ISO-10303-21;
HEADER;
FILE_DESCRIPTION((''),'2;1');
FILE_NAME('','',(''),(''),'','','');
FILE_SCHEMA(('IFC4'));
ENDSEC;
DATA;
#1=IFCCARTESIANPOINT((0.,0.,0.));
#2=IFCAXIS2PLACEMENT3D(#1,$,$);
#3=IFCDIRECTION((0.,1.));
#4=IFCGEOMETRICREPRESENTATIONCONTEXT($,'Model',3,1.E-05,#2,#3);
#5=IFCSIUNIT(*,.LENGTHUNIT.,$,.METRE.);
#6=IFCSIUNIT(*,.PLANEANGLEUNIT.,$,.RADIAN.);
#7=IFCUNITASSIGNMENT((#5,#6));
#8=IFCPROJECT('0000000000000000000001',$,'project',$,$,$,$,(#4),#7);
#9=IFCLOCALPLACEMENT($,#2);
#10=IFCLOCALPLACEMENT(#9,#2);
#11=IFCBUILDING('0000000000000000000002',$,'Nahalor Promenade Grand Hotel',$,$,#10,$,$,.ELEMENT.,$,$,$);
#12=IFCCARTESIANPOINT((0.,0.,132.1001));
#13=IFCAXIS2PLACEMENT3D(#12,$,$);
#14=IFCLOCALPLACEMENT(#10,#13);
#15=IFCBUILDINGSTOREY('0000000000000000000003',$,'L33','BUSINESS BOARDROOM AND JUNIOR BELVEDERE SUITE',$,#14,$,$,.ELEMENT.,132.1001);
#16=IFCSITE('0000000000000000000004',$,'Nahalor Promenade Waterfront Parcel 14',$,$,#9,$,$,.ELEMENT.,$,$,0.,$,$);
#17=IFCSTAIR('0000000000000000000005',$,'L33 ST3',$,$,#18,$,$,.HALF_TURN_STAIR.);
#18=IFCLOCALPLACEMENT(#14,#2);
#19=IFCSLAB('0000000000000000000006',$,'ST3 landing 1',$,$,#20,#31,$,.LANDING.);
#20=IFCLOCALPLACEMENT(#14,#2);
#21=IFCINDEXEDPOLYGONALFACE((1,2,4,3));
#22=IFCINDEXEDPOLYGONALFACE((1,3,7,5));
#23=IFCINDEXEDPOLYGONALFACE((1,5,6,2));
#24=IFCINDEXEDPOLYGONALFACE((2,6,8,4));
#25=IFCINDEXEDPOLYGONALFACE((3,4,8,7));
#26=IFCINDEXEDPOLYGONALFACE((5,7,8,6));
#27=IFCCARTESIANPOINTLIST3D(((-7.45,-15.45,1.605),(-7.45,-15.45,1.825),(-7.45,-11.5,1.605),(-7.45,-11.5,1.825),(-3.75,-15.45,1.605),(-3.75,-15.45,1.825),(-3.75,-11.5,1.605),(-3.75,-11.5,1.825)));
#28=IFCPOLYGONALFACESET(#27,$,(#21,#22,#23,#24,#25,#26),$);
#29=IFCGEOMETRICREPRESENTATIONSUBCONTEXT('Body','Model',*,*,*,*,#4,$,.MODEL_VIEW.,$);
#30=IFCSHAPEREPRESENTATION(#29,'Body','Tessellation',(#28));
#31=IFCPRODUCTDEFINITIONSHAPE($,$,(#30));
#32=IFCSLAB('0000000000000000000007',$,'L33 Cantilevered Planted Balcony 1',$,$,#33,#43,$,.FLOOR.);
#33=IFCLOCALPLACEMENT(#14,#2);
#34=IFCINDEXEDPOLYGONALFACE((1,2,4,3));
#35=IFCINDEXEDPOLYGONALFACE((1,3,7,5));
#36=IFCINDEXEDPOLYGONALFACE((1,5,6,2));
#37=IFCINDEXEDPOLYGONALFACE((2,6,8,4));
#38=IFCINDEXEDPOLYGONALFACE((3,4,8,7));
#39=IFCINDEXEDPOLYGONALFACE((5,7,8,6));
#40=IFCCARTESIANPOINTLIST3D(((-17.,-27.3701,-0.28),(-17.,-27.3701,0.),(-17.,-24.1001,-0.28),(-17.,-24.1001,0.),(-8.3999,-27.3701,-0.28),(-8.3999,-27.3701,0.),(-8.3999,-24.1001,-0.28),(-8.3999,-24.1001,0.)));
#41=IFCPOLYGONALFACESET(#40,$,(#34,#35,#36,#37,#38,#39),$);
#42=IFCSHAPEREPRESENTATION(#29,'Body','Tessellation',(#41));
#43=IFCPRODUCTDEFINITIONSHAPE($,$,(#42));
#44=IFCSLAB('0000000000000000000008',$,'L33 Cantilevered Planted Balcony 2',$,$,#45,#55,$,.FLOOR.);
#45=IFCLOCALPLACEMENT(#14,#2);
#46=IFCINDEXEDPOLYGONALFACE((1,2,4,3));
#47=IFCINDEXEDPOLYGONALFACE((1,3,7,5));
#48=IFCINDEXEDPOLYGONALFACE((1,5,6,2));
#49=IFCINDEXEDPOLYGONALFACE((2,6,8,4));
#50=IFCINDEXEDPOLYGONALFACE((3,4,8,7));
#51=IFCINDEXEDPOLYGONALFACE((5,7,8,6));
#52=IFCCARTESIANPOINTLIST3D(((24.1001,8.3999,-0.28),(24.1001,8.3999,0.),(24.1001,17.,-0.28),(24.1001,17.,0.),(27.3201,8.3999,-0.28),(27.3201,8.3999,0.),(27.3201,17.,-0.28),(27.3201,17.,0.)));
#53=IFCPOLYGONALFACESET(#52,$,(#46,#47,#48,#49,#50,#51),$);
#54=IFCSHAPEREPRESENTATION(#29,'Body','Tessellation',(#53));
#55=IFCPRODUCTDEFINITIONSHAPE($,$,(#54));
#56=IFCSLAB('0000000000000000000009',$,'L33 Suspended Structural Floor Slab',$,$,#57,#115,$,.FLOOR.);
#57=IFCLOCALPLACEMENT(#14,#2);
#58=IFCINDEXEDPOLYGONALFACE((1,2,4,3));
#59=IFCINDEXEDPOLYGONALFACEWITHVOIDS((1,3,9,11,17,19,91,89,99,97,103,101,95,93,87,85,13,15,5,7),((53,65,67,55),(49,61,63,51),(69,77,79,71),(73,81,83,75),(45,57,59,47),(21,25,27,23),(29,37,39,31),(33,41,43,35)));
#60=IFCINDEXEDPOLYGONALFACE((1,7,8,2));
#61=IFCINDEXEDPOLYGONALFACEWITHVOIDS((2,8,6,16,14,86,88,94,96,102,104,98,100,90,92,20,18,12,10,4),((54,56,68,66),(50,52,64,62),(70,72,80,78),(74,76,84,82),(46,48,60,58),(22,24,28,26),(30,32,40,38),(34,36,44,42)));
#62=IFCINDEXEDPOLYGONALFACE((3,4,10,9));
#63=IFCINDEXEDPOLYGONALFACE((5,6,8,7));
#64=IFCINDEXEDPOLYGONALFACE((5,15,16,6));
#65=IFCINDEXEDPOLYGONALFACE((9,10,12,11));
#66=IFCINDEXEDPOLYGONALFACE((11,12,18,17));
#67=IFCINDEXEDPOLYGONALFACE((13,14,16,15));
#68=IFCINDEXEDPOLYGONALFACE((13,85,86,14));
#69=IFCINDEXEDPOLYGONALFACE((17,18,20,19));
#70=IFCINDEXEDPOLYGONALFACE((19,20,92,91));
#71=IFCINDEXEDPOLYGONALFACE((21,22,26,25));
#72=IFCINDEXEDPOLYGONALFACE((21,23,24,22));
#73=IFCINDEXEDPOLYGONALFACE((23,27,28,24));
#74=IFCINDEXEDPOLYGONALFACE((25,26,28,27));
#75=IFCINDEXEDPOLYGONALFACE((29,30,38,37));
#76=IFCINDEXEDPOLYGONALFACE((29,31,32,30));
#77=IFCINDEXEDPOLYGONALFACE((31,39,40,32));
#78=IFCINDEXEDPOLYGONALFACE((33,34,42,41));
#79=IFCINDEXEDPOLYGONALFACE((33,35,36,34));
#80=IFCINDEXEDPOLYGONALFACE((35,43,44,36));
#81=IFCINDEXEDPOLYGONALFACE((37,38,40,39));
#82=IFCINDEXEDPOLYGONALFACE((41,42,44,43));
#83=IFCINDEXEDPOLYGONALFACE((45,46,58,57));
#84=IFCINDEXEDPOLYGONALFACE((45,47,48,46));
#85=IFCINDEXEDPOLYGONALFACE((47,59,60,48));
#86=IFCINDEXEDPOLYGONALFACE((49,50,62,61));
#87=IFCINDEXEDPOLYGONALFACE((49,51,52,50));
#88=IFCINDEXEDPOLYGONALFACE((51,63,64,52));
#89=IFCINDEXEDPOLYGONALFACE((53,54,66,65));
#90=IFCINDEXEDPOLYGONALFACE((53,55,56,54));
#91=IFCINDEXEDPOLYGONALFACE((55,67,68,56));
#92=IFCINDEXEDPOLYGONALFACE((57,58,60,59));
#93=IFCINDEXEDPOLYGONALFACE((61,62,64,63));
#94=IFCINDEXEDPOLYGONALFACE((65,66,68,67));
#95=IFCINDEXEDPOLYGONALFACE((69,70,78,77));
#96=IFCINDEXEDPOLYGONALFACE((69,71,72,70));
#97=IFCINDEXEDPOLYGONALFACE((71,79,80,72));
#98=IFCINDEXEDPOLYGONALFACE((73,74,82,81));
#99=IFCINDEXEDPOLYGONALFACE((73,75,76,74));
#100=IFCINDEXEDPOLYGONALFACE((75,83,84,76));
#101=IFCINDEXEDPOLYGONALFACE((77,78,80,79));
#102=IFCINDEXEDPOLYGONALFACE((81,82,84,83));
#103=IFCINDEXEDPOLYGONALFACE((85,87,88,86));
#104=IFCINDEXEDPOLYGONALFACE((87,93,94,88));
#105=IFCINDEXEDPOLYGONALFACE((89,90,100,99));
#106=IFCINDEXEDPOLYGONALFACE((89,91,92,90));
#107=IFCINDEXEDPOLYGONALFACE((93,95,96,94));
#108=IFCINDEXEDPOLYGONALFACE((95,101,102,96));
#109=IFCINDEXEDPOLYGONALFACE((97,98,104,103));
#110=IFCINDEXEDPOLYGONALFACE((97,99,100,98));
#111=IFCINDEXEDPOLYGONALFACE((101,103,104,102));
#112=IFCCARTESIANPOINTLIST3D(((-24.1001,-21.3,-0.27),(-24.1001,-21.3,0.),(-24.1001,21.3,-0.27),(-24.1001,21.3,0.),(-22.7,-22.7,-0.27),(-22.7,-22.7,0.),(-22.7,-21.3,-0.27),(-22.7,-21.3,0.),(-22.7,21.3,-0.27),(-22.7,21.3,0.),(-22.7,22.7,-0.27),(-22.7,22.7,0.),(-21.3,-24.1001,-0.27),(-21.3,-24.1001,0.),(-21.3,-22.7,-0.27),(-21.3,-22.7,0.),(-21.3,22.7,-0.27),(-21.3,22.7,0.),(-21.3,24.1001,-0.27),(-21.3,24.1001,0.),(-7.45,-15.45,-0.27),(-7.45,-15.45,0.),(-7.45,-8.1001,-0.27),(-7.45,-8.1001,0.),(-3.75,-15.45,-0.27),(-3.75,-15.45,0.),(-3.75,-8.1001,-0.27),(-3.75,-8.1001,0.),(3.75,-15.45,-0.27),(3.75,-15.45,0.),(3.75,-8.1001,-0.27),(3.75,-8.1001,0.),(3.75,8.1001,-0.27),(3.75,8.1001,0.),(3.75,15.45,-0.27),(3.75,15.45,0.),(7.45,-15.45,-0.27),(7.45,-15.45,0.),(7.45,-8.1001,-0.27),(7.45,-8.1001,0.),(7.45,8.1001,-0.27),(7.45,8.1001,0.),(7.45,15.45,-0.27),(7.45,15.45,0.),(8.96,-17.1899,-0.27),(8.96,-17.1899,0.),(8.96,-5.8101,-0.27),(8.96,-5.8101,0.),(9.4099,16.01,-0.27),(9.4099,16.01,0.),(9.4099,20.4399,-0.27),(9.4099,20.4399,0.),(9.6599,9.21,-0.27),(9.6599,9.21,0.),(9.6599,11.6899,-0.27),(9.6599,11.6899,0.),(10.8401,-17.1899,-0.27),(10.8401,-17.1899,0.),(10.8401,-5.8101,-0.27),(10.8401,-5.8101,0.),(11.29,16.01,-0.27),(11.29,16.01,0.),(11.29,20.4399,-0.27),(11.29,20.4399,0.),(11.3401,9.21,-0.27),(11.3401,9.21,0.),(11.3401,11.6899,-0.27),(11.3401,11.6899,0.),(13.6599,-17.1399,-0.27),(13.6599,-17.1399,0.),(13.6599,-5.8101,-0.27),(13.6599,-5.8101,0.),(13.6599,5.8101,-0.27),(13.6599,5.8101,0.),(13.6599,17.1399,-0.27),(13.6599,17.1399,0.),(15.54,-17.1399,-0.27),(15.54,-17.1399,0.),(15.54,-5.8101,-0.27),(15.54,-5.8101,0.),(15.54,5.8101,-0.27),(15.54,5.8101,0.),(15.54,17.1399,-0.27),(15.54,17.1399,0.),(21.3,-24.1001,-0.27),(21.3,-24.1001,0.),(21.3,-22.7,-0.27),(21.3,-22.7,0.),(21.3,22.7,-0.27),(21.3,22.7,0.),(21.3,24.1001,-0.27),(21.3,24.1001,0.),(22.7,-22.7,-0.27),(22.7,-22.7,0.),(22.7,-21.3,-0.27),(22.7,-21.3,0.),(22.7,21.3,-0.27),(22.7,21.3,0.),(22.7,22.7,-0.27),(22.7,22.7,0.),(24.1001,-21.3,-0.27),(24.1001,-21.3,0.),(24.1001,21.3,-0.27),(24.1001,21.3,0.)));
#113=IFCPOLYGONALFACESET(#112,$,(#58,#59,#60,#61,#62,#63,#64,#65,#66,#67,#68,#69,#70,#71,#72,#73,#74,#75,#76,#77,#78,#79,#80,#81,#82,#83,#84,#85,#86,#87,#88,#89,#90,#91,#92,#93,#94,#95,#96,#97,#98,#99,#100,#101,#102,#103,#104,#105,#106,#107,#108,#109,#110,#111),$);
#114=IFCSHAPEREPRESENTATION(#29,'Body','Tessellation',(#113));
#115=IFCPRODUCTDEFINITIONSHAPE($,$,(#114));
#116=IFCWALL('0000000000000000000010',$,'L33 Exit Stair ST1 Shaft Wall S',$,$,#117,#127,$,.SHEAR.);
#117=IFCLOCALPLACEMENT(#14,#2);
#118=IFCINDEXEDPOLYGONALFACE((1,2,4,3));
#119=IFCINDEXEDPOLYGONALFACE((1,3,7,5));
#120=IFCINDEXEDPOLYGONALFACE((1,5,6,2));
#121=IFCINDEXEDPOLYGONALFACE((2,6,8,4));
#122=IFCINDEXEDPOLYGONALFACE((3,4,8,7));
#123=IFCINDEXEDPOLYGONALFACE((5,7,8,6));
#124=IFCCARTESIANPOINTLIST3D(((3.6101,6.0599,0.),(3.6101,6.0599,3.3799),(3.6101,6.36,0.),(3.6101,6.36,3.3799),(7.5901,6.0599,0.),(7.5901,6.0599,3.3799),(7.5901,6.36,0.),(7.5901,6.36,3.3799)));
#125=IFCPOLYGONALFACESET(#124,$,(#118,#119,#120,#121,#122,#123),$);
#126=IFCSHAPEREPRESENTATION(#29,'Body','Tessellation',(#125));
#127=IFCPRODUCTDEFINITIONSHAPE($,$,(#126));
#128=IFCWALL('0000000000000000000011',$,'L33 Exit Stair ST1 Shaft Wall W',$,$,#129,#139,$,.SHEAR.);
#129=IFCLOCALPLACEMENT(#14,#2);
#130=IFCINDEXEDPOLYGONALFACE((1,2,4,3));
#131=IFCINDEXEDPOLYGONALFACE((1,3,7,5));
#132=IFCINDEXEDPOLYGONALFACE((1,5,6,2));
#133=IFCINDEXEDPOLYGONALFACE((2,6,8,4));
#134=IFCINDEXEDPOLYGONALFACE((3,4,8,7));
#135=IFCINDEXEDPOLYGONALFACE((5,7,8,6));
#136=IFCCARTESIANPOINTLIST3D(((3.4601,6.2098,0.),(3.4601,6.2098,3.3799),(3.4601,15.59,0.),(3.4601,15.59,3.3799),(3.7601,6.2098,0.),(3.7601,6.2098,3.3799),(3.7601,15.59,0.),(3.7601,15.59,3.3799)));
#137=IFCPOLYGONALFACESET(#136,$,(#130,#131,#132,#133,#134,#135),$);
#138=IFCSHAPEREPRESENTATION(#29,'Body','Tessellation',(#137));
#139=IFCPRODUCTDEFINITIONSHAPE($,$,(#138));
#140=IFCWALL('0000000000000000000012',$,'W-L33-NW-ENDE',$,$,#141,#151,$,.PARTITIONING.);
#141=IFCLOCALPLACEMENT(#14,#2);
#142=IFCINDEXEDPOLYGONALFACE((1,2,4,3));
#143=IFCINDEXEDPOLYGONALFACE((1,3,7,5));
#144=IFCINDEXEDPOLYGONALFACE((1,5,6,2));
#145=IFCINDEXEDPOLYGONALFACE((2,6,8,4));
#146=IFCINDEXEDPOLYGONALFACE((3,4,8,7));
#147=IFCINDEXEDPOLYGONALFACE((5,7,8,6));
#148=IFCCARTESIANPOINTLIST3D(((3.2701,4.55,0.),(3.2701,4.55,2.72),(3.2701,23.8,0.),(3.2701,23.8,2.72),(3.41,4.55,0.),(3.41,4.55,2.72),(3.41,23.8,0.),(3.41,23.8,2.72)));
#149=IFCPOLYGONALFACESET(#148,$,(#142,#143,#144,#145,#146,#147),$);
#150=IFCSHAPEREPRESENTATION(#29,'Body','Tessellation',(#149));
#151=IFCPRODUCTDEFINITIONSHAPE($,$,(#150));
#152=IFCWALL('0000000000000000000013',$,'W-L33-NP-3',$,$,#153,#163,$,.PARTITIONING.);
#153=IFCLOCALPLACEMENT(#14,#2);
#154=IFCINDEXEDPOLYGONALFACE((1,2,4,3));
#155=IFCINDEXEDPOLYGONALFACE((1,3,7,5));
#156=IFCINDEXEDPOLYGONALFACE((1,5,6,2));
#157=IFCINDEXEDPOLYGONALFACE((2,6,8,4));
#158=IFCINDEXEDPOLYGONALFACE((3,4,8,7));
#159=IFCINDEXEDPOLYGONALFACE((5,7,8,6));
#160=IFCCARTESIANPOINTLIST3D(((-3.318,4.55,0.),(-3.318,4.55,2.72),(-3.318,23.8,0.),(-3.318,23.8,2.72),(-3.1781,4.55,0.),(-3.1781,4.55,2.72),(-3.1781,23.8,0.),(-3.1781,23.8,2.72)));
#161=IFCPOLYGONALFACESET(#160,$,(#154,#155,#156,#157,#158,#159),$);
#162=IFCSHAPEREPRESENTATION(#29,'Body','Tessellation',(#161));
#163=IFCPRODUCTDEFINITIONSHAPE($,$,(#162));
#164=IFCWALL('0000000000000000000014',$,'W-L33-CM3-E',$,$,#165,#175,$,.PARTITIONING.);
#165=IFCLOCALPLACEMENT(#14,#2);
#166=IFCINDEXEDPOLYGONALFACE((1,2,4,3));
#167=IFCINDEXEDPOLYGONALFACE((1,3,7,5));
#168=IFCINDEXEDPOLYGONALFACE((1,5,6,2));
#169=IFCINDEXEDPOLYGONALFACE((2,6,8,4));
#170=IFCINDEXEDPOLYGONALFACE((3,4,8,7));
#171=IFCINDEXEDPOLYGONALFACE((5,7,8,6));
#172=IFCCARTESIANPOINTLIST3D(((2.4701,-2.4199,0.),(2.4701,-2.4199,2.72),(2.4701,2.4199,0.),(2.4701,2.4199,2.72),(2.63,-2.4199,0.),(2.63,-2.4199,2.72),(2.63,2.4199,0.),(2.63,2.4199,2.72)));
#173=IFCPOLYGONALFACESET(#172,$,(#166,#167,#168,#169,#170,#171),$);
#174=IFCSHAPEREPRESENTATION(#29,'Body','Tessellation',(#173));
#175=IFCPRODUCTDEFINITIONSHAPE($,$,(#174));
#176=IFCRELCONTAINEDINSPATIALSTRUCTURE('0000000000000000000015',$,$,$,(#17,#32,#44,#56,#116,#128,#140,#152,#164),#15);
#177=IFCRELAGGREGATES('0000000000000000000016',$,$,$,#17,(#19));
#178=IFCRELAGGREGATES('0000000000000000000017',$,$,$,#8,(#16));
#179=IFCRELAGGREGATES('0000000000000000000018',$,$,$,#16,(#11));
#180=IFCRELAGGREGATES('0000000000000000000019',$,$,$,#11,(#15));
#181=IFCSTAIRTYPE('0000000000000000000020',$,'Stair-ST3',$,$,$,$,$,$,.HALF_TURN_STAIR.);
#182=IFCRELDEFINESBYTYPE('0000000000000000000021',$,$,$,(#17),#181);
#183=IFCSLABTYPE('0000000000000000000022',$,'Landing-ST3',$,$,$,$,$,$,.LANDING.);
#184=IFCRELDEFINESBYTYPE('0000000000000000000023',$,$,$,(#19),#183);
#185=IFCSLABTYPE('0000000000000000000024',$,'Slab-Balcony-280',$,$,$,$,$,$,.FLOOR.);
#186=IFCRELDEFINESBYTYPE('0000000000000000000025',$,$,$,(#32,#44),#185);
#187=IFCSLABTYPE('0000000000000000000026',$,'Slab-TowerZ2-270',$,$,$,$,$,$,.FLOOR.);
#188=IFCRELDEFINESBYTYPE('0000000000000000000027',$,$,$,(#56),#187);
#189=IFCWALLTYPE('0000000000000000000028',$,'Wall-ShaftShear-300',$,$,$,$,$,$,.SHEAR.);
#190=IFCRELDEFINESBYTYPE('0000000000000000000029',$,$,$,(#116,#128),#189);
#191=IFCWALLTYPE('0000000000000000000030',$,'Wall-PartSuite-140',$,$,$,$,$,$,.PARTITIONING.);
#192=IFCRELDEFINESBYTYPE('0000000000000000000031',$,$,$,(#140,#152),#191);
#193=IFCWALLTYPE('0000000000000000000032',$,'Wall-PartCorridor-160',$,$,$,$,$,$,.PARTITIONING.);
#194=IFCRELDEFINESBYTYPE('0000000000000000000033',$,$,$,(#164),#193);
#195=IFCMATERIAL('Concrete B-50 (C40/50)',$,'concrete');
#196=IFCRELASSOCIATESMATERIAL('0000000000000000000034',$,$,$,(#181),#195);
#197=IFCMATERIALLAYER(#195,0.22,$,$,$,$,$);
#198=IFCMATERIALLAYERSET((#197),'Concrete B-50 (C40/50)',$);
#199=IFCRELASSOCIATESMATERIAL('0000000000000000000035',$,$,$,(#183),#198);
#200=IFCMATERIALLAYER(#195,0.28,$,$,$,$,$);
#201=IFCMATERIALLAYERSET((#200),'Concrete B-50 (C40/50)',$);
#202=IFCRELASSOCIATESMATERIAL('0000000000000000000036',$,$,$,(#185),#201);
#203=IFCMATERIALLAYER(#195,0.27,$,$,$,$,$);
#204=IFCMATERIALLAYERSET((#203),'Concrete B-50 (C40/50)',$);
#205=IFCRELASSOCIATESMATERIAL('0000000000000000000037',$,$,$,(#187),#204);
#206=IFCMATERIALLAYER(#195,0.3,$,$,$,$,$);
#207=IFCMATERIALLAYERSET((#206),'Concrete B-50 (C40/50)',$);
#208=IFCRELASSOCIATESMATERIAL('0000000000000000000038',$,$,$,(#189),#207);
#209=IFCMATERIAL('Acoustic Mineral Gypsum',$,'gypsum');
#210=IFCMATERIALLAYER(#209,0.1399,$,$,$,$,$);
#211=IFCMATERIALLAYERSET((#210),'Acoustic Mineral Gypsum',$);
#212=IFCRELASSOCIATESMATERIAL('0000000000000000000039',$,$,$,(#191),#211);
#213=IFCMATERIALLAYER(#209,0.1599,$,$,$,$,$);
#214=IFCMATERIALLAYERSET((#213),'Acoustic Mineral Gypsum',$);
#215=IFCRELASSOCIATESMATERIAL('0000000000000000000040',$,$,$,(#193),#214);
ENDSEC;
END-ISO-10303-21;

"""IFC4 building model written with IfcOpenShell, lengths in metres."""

from ifc_helpers import new_model, si_unit, direction, frame, frame_2d, origin, place, context, subcontext, project, spatial, polyline, rectangle, outline, extrude, source, transform, mapped, material, layer, layer_set, type_object, element, aggregate, save


model = new_model("IFC4")

# Units and contexts
model_context = context("Model", 3, precision=1e-05, world=origin(), true_north=direction((0.0, 1.0)))
body_context = subcontext(model_context, "Body", "Model", "MODEL_VIEW")
ifc_project = project(units=[si_unit("LENGTHUNIT", "METRE"), si_unit("PLANEANGLEUNIT", "RADIAN")], contexts=[model_context])

# Site, building, storey
site_placement = place(None, origin())
site = spatial("IfcSite", under=ifc_project, at=site_placement, Name="Nahalor Promenade Waterfront Parcel 14", CompositionType="ELEMENT", RefElevation=0.0)
building_placement = place(site_placement, origin())
building = spatial("IfcBuilding", under=site, at=building_placement, Name="Nahalor Promenade Grand Hotel", CompositionType="ELEMENT")
storey_placement = place(building_placement, frame((0.0, 0.0, 132.1001)))
storey = spatial("IfcBuildingStorey", under=building, at=storey_placement, Name="L33", Description="BUSINESS BOARDROOM AND JUNIOR BELVEDERE SUITE", CompositionType="ELEMENT", Elevation=132.1001)

# Stair, slab
ifc_material_1 = material(Name="Concrete B-50 (C40/50)", Category="concrete")
stair_type_1 = type_object("IfcStairType", Name="Stair-ST3", PredefinedType="HALF_TURN_STAIR", material=ifc_material_1)
stair_1_placement = place(storey_placement, origin())
stair_1 = element("IfcStair", 1, at=stair_1_placement, inside=storey, type_object=stair_type_1, Name="L33 ST3", PredefinedType="HALF_TURN_STAIR")
ifc_layer_1 = layer(ifc_material_1, 0.22)
ifc_layer_set_1 = layer_set([ifc_layer_1], Name="Concrete B-50 (C40/50)")
slab_type_1 = type_object("IfcSlabType", Name="Landing-ST3", PredefinedType="LANDING", material=ifc_layer_set_1)
slab_1_placement = place(storey_placement, frame((0.0, 0.0, 1.605)))
slab_1 = element("IfcSlab", 2, at=slab_1_placement, type_object=slab_type_1, Name="ST3 landing 1", PredefinedType="LANDING", context=body_context, shape_type="SweptSolid", body=[
    extrude(outline(polyline([(-7.45, -11.5), (-7.45, -15.45), (-3.75, -15.45), (-3.75, -11.5), (-7.45, -11.5)])), origin(), (0.0, 0.0, 1.0), 0.22),
])
aggregate(stair_1, [slab_1])

# Slabs
ifc_layer_2 = layer(ifc_material_1, 0.28)
ifc_layer_set_2 = layer_set([ifc_layer_2], Name="Concrete B-50 (C40/50)")
slab_type_2 = type_object("IfcSlabType", Name="Slab-Balcony-280", PredefinedType="FLOOR", material=ifc_layer_set_2)
slab_2_placement = place(storey_placement, frame((0.0, 0.0, -0.28)))
element("IfcSlab", 3, at=slab_2_placement, inside=storey, type_object=slab_type_2, Name="L33 Cantilevered Planted Balcony 1", PredefinedType="FLOOR", context=body_context, shape_type="SweptSolid", body=[
    extrude(outline(polyline([(-17.0, -27.3701), (-8.3999, -27.3701), (-8.3999, -24.1001), (-17.0, -24.1001), (-17.0, -27.3701)])), origin(), (0.0, 0.0, 1.0), 0.28),
])
slab_3_placement = place(storey_placement, frame((0.0, 0.0, -0.28)))
element("IfcSlab", 4, at=slab_3_placement, inside=storey, type_object=slab_type_2, Name="L33 Cantilevered Planted Balcony 2", PredefinedType="FLOOR", context=body_context, shape_type="SweptSolid", body=[
    extrude(outline(polyline([(24.1001, 8.3999), (27.3201, 8.3999), (27.3201, 17.0), (24.1001, 17.0), (24.1001, 8.3999)])), origin(), (0.0, 0.0, 1.0), 0.28),
])
ifc_layer_3 = layer(ifc_material_1, 0.27)
ifc_layer_set_3 = layer_set([ifc_layer_3], Name="Concrete B-50 (C40/50)")
slab_type_3 = type_object("IfcSlabType", Name="Slab-TowerZ2-270", PredefinedType="FLOOR", material=ifc_layer_set_3)
slab_4_placement = place(storey_placement, frame((0.0, 0.0, -0.27)))
element("IfcSlab", 5, at=slab_4_placement, inside=storey, type_object=slab_type_3, Name="L33 Suspended Structural Floor Slab", PredefinedType="FLOOR", context=body_context, shape_type="SweptSolid", body=[
    extrude(outline(polyline([(-21.3, -24.1001), (21.3, -24.1001), (21.3, -22.7), (22.7, -22.7), (22.7, -21.3), (24.1001, -21.3), (24.1001, 21.3), (22.7, 21.3), (22.7, 22.7), (21.3, 22.7), (21.3, 24.1001), (-21.3, 24.1001), (-21.3, 22.7), (-22.7, 22.7), (-22.7, 21.3), (-24.1001, 21.3), (-24.1001, -21.3), (-22.7, -21.3), (-22.7, -22.7), (-21.3, -22.7), (-21.3, -24.1001)]), holes=[polyline([(3.75, 8.1001), (7.45, 8.1001), (7.45, 15.45), (3.75, 15.45), (3.75, 8.1001)]), polyline([(3.75, -15.45), (7.45, -15.45), (7.45, -8.1001), (3.75, -8.1001), (3.75, -15.45)]), polyline([(-7.45, -15.45), (-3.75, -15.45), (-3.75, -8.1001), (-7.45, -8.1001), (-7.45, -15.45)]), polyline([(13.6599, 5.8101), (15.54, 5.8101), (15.54, 17.1399), (13.6599, 17.1399), (13.6599, 5.8101)]), polyline([(13.6599, -17.1399), (15.54, -17.1399), (15.54, -5.8101), (13.6599, -5.8101), (13.6599, -17.1399)]), polyline([(8.96, -17.1899), (10.8401, -17.1899), (10.8401, -5.8101), (8.96, -5.8101), (8.96, -17.1899)]), polyline([(9.4099, 16.01), (11.29, 16.01), (11.29, 20.4399), (9.4099, 20.4399), (9.4099, 16.01)]), polyline([(9.6599, 9.21), (11.3401, 9.21), (11.3401, 11.6899), (9.6599, 11.6899), (9.6599, 9.21)])]), origin(), (0.0, 0.0, 1.0), 0.27),
])

# Walls
ifc_layer_4 = layer(ifc_material_1, 0.3)
ifc_layer_set_4 = layer_set([ifc_layer_4], Name="Concrete B-50 (C40/50)")
wall_type_1 = type_object("IfcWallType", Name="Wall-ShaftShear-300", PredefinedType="SHEAR", material=ifc_layer_set_4)
shared_shape_1 = source(origin(), body_context, "Body", "SweptSolid", [
    extrude(rectangle(XDim=3.98, YDim=0.3, at=frame_2d((1.99, 0.0))), origin(), (0.0, 0.0, 1.0), 3.3799),
])
wall_1_placement = place(storey_placement, frame((3.6101, 6.21, 0.0), z_axis=(0.0, 0.0, 1.0), x_axis=(1.0, 0.0, 0.0)))
element("IfcWall", 6, at=wall_1_placement, inside=storey, type_object=wall_type_1, Name="L33 Exit Stair ST1 Shaft Wall S", PredefinedType="SHEAR", context=body_context, shape_type="MappedRepresentation", body=[
    mapped(shared_shape_1, transform((0.0, 0.0, 0.0), scale=1.0)),
])
shared_shape_2 = source(origin(), body_context, "Body", "SweptSolid", [
    extrude(rectangle(XDim=9.3801, YDim=0.3, at=frame_2d((4.6899, 0.0))), origin(), (0.0, 0.0, 1.0), 3.3799),
])
wall_2_placement = place(storey_placement, frame((3.6101, 6.21, 0.0), z_axis=(0.0, 0.0, 1.0), x_axis=(0.0, 1.0, 0.0)))
element("IfcWall", 7, at=wall_2_placement, inside=storey, type_object=wall_type_1, Name="L33 Exit Stair ST1 Shaft Wall W", PredefinedType="SHEAR", context=body_context, shape_type="MappedRepresentation", body=[
    mapped(shared_shape_2, transform((0.0, 0.0, 0.0), scale=1.0)),
])
ifc_material_2 = material(Name="Acoustic Mineral Gypsum", Category="gypsum")
ifc_layer_5 = layer(ifc_material_2, 0.1399)
ifc_layer_set_5 = layer_set([ifc_layer_5], Name="Acoustic Mineral Gypsum")
wall_type_2 = type_object("IfcWallType", Name="Wall-PartSuite-140", PredefinedType="PARTITIONING", material=ifc_layer_set_5)
shared_shape_3 = source(origin(), body_context, "Body", "SweptSolid", [
    extrude(rectangle(XDim=19.25, YDim=0.1399, at=frame_2d((9.625, 0.0))), origin(), (0.0, 0.0, 1.0), 2.72),
])
for number, where, z_axis, x_axis, name in (
    (8, (3.3401, 4.55, 0.0), (0.0, 0.0, 1.0), (0.0, 1.0, 0.0), "W-L33-NW-ENDE"),
    (9, (-3.248, 4.55, 0.0), (0.0, 0.0, 1.0), (0.0, 1.0, 0.0), "W-L33-NP-3"),
):
    element("IfcWall", number, at=place(storey_placement, frame(where, z_axis=z_axis, x_axis=x_axis)), inside=storey, type_object=wall_type_2, Name=name, PredefinedType="PARTITIONING", context=body_context, shape_type="MappedRepresentation", body=[
        mapped(shared_shape_3, transform((0.0, 0.0, 0.0), scale=1.0)),
    ])
ifc_layer_6 = layer(ifc_material_2, 0.1599)
ifc_layer_set_6 = layer_set([ifc_layer_6], Name="Acoustic Mineral Gypsum")
wall_type_3 = type_object("IfcWallType", Name="Wall-PartCorridor-160", PredefinedType="PARTITIONING", material=ifc_layer_set_6)
shared_shape_4 = source(origin(), body_context, "Body", "SweptSolid", [
    extrude(rectangle(XDim=4.8398, YDim=0.1599, at=frame_2d((2.4199, 0.0))), origin(), (0.0, 0.0, 1.0), 2.72),
])
wall_3_placement = place(storey_placement, frame((2.55, -2.4199, 0.0), z_axis=(0.0, 0.0, 1.0), x_axis=(0.0, 1.0, 0.0)))
element("IfcWall", 10, at=wall_3_placement, inside=storey, type_object=wall_type_3, Name="W-L33-CM3-E", PredefinedType="PARTITIONING", context=body_context, shape_type="MappedRepresentation", body=[
    mapped(shared_shape_4, transform((0.0, 0.0, 0.0), scale=1.0)),
])

save(model, "model.ifc")
